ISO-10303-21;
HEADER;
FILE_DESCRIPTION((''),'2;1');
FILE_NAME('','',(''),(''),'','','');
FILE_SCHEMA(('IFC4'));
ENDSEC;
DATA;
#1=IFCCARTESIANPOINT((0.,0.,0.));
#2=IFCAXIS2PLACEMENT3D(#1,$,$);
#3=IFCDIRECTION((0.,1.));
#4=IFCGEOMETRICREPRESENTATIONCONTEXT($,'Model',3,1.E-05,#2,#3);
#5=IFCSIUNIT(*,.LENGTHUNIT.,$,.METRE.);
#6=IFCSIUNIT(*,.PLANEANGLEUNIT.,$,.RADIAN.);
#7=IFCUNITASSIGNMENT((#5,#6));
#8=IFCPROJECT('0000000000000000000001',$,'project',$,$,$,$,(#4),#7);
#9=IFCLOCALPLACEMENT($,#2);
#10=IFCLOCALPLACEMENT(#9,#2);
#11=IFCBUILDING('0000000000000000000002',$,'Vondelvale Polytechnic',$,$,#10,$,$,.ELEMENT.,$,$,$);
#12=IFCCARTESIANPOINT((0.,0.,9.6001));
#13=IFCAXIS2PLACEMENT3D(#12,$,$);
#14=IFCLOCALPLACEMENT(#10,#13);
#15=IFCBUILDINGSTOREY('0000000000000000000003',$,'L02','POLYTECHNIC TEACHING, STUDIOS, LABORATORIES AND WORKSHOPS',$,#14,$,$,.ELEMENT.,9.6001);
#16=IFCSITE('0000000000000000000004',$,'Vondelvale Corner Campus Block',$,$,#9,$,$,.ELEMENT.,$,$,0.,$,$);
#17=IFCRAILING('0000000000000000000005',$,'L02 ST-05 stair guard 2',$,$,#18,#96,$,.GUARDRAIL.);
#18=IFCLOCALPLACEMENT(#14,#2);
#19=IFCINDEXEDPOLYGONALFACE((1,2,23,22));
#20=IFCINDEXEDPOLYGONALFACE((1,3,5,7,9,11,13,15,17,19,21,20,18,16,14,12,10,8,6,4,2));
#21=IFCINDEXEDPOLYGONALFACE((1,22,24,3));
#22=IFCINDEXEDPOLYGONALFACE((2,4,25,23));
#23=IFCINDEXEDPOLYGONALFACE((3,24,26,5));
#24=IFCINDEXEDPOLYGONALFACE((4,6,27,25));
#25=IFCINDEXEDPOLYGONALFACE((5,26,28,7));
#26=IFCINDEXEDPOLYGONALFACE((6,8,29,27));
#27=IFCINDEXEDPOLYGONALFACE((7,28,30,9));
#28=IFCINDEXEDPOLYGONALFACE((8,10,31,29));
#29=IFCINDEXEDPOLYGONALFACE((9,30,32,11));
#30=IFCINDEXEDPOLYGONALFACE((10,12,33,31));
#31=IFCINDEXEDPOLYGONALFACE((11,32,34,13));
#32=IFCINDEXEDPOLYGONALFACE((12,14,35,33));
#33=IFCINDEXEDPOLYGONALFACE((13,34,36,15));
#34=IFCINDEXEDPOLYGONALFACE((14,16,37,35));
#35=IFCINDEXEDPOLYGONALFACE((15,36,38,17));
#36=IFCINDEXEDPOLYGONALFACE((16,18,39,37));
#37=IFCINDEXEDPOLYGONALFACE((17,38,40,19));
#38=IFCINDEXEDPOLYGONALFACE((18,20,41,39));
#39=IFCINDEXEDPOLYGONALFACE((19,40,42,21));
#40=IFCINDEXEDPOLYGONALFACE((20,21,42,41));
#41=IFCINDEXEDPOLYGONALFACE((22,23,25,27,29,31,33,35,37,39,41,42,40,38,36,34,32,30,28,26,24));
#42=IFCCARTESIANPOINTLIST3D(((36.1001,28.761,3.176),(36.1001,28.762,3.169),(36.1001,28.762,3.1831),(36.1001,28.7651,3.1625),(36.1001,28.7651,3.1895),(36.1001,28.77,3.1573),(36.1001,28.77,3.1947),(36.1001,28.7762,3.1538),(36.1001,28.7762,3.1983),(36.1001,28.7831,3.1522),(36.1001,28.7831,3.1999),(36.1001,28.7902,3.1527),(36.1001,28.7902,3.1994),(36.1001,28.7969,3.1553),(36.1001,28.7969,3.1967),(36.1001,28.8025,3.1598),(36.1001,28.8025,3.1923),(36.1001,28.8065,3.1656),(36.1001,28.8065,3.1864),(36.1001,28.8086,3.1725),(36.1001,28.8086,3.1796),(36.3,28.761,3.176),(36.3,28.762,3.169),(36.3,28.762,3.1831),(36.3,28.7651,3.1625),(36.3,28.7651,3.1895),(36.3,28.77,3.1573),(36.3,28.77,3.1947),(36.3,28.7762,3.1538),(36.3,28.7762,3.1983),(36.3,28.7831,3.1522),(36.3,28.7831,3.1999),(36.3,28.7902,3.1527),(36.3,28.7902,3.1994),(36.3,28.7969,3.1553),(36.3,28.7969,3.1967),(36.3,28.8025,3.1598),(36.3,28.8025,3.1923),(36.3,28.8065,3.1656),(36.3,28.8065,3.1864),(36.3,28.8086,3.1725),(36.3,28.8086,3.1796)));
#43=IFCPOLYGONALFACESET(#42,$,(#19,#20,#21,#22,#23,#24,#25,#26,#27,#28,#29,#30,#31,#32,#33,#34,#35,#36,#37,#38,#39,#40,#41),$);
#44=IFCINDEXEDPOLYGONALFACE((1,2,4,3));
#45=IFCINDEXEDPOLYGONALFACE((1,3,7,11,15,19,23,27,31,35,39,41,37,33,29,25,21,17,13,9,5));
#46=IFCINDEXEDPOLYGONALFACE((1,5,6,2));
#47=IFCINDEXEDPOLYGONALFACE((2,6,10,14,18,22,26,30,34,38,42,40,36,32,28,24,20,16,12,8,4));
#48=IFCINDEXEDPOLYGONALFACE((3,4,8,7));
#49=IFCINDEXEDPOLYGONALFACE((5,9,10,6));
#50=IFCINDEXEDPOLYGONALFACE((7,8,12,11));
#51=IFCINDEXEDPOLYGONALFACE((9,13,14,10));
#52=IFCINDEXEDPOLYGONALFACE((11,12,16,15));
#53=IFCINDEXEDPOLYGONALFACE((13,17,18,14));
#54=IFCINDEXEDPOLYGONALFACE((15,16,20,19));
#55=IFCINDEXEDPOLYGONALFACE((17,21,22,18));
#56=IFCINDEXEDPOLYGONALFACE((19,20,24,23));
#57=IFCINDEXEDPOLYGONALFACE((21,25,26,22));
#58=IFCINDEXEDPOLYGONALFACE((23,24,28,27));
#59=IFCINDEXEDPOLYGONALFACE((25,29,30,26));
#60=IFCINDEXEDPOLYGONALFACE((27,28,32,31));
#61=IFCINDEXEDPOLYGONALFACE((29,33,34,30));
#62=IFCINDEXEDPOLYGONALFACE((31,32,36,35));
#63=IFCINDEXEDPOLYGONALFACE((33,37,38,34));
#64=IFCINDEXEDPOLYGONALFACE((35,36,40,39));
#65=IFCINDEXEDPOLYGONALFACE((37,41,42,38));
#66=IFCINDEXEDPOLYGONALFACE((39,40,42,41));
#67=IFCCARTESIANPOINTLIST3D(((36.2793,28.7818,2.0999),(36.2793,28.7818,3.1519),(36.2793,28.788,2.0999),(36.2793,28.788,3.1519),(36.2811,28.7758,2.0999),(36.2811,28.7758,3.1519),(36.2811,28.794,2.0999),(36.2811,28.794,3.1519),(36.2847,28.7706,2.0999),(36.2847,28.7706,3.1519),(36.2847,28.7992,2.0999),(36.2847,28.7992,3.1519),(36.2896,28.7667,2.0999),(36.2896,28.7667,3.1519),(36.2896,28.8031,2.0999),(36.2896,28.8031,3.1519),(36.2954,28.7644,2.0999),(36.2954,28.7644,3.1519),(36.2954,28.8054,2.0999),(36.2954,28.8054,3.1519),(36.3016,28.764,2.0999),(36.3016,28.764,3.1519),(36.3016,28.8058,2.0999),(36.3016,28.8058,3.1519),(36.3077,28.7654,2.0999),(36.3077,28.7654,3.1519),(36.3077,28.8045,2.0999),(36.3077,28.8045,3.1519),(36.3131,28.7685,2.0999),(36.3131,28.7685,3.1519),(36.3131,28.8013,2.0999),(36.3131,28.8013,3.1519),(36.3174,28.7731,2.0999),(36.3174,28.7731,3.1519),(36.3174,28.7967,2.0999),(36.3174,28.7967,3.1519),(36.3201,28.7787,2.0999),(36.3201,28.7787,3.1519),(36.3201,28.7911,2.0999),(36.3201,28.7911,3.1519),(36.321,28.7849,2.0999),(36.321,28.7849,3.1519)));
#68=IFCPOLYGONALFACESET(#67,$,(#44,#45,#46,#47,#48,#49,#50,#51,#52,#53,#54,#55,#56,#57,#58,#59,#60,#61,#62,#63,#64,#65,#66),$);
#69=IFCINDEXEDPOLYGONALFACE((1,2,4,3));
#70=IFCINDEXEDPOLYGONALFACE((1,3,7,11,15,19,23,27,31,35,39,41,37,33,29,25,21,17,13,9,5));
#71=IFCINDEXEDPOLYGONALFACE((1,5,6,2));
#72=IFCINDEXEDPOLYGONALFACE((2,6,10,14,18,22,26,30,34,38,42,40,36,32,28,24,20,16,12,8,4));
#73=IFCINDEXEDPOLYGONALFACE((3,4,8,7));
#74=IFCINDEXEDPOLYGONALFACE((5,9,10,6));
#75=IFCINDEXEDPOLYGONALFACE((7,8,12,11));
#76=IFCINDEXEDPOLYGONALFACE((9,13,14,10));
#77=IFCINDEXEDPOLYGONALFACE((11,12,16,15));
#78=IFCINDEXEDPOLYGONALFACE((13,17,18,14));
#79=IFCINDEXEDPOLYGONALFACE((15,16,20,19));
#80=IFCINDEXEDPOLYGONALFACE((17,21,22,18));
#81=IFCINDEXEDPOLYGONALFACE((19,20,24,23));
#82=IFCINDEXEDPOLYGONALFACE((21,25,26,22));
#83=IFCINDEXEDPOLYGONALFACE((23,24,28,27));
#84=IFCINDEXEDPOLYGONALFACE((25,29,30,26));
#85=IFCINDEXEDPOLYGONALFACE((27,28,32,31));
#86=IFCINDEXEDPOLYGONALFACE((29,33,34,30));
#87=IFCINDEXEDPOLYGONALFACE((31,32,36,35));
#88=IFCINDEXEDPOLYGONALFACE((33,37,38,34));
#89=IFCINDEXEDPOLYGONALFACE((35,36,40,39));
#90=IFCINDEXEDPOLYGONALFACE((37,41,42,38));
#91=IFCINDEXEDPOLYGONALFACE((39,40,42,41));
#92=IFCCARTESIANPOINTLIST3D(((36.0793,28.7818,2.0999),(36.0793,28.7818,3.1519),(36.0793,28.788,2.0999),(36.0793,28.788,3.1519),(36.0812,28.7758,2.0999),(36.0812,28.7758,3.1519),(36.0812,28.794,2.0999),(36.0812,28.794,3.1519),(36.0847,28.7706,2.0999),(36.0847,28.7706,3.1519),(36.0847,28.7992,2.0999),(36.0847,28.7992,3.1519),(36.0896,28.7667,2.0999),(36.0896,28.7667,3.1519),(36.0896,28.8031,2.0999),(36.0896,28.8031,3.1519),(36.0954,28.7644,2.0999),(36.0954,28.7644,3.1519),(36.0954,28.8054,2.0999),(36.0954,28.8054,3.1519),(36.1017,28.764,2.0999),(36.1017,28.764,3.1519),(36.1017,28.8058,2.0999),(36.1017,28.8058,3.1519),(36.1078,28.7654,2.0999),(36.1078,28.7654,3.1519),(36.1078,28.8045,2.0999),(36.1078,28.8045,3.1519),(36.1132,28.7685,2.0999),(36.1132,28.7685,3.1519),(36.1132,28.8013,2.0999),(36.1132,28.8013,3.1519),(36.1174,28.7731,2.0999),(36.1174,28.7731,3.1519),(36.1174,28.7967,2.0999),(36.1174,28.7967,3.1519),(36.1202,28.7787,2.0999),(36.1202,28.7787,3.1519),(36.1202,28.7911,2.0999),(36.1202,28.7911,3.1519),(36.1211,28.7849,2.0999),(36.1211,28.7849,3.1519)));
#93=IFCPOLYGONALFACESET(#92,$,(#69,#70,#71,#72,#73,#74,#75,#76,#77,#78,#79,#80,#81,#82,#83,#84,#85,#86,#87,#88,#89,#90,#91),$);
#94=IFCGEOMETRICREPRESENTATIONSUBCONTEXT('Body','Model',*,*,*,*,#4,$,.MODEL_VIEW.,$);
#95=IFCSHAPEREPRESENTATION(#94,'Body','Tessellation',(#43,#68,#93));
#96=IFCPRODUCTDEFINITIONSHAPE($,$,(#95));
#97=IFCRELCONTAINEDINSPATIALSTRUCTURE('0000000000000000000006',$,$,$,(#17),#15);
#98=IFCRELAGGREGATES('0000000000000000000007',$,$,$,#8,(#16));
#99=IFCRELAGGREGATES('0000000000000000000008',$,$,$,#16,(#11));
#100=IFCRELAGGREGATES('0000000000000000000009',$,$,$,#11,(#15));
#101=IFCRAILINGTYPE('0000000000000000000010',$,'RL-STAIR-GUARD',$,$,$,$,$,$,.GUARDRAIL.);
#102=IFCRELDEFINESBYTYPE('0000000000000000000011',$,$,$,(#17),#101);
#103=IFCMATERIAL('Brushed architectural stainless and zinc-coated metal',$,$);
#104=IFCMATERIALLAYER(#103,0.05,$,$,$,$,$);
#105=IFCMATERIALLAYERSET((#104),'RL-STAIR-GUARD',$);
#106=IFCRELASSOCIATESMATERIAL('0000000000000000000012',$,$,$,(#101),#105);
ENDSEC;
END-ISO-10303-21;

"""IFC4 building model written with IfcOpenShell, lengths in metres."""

from ifc_helpers import new_model, si_unit, direction, frame, origin, origin_2d, place, context, subcontext, project, spatial, circle, extrude, material, layer, layer_set, type_object, element, save


model = new_model("IFC4")

# Units and contexts
model_context = context("Model", 3, precision=1e-05, world=origin(), true_north=direction((0.0, 1.0)))
body_context = subcontext(model_context, "Body", "Model", "MODEL_VIEW")
ifc_project = project(units=[si_unit("LENGTHUNIT", "METRE"), si_unit("PLANEANGLEUNIT", "RADIAN")], contexts=[model_context])

# Site, building, storey
site_placement = place(None, origin())
site = spatial("IfcSite", under=ifc_project, at=site_placement, Name="Vondelvale Corner Campus Block", CompositionType="ELEMENT", RefElevation=0.0)
building_placement = place(site_placement, origin())
building = spatial("IfcBuilding", under=site, at=building_placement, Name="Vondelvale Polytechnic", CompositionType="ELEMENT")
storey_placement = place(building_placement, frame((0.0, 0.0, 9.6001)))
storey = spatial("IfcBuildingStorey", under=building, at=storey_placement, Name="L02", Description="POLYTECHNIC TEACHING, STUDIOS, LABORATORIES AND WORKSHOPS", CompositionType="ELEMENT", Elevation=9.6001)

# Railing
ifc_material_1 = material(Name="Brushed architectural stainless and zinc-coated metal")
ifc_layer_1 = layer(ifc_material_1, 0.05)
ifc_layer_set_1 = layer_set([ifc_layer_1], Name="RL-STAIR-GUARD")
railing_type_1 = type_object("IfcRailingType", Name="RL-STAIR-GUARD", PredefinedType="GUARDRAIL", material=ifc_layer_set_1)
railing_1_placement = place(storey_placement, frame((36.3, 28.7849, 2.0999)))
element("IfcRailing", 1, at=railing_1_placement, inside=storey, type_object=railing_type_1, Name="L02 ST-05 stair guard 2", PredefinedType="GUARDRAIL", context=body_context, shape_type="SweptSolid", body=[
    extrude(circle(Radius=0.0239, at=origin_2d()), frame((0.0, 0.0, 1.0762), z_axis=(-1.0, 0.0, 0.0), x_axis=(0.0, -1.0, 0.0)), (0.0, 0.0, 1.0), 0.2),
    extrude(circle(Radius=0.021, at=origin_2d()), origin(), (0.0, 0.0, 1.0), 1.052),
    extrude(circle(Radius=0.021, at=origin_2d()), frame((-0.2, 0.0, 0.0)), (0.0, 0.0, 1.0), 1.052),
])

save(model, "model.ifc")
